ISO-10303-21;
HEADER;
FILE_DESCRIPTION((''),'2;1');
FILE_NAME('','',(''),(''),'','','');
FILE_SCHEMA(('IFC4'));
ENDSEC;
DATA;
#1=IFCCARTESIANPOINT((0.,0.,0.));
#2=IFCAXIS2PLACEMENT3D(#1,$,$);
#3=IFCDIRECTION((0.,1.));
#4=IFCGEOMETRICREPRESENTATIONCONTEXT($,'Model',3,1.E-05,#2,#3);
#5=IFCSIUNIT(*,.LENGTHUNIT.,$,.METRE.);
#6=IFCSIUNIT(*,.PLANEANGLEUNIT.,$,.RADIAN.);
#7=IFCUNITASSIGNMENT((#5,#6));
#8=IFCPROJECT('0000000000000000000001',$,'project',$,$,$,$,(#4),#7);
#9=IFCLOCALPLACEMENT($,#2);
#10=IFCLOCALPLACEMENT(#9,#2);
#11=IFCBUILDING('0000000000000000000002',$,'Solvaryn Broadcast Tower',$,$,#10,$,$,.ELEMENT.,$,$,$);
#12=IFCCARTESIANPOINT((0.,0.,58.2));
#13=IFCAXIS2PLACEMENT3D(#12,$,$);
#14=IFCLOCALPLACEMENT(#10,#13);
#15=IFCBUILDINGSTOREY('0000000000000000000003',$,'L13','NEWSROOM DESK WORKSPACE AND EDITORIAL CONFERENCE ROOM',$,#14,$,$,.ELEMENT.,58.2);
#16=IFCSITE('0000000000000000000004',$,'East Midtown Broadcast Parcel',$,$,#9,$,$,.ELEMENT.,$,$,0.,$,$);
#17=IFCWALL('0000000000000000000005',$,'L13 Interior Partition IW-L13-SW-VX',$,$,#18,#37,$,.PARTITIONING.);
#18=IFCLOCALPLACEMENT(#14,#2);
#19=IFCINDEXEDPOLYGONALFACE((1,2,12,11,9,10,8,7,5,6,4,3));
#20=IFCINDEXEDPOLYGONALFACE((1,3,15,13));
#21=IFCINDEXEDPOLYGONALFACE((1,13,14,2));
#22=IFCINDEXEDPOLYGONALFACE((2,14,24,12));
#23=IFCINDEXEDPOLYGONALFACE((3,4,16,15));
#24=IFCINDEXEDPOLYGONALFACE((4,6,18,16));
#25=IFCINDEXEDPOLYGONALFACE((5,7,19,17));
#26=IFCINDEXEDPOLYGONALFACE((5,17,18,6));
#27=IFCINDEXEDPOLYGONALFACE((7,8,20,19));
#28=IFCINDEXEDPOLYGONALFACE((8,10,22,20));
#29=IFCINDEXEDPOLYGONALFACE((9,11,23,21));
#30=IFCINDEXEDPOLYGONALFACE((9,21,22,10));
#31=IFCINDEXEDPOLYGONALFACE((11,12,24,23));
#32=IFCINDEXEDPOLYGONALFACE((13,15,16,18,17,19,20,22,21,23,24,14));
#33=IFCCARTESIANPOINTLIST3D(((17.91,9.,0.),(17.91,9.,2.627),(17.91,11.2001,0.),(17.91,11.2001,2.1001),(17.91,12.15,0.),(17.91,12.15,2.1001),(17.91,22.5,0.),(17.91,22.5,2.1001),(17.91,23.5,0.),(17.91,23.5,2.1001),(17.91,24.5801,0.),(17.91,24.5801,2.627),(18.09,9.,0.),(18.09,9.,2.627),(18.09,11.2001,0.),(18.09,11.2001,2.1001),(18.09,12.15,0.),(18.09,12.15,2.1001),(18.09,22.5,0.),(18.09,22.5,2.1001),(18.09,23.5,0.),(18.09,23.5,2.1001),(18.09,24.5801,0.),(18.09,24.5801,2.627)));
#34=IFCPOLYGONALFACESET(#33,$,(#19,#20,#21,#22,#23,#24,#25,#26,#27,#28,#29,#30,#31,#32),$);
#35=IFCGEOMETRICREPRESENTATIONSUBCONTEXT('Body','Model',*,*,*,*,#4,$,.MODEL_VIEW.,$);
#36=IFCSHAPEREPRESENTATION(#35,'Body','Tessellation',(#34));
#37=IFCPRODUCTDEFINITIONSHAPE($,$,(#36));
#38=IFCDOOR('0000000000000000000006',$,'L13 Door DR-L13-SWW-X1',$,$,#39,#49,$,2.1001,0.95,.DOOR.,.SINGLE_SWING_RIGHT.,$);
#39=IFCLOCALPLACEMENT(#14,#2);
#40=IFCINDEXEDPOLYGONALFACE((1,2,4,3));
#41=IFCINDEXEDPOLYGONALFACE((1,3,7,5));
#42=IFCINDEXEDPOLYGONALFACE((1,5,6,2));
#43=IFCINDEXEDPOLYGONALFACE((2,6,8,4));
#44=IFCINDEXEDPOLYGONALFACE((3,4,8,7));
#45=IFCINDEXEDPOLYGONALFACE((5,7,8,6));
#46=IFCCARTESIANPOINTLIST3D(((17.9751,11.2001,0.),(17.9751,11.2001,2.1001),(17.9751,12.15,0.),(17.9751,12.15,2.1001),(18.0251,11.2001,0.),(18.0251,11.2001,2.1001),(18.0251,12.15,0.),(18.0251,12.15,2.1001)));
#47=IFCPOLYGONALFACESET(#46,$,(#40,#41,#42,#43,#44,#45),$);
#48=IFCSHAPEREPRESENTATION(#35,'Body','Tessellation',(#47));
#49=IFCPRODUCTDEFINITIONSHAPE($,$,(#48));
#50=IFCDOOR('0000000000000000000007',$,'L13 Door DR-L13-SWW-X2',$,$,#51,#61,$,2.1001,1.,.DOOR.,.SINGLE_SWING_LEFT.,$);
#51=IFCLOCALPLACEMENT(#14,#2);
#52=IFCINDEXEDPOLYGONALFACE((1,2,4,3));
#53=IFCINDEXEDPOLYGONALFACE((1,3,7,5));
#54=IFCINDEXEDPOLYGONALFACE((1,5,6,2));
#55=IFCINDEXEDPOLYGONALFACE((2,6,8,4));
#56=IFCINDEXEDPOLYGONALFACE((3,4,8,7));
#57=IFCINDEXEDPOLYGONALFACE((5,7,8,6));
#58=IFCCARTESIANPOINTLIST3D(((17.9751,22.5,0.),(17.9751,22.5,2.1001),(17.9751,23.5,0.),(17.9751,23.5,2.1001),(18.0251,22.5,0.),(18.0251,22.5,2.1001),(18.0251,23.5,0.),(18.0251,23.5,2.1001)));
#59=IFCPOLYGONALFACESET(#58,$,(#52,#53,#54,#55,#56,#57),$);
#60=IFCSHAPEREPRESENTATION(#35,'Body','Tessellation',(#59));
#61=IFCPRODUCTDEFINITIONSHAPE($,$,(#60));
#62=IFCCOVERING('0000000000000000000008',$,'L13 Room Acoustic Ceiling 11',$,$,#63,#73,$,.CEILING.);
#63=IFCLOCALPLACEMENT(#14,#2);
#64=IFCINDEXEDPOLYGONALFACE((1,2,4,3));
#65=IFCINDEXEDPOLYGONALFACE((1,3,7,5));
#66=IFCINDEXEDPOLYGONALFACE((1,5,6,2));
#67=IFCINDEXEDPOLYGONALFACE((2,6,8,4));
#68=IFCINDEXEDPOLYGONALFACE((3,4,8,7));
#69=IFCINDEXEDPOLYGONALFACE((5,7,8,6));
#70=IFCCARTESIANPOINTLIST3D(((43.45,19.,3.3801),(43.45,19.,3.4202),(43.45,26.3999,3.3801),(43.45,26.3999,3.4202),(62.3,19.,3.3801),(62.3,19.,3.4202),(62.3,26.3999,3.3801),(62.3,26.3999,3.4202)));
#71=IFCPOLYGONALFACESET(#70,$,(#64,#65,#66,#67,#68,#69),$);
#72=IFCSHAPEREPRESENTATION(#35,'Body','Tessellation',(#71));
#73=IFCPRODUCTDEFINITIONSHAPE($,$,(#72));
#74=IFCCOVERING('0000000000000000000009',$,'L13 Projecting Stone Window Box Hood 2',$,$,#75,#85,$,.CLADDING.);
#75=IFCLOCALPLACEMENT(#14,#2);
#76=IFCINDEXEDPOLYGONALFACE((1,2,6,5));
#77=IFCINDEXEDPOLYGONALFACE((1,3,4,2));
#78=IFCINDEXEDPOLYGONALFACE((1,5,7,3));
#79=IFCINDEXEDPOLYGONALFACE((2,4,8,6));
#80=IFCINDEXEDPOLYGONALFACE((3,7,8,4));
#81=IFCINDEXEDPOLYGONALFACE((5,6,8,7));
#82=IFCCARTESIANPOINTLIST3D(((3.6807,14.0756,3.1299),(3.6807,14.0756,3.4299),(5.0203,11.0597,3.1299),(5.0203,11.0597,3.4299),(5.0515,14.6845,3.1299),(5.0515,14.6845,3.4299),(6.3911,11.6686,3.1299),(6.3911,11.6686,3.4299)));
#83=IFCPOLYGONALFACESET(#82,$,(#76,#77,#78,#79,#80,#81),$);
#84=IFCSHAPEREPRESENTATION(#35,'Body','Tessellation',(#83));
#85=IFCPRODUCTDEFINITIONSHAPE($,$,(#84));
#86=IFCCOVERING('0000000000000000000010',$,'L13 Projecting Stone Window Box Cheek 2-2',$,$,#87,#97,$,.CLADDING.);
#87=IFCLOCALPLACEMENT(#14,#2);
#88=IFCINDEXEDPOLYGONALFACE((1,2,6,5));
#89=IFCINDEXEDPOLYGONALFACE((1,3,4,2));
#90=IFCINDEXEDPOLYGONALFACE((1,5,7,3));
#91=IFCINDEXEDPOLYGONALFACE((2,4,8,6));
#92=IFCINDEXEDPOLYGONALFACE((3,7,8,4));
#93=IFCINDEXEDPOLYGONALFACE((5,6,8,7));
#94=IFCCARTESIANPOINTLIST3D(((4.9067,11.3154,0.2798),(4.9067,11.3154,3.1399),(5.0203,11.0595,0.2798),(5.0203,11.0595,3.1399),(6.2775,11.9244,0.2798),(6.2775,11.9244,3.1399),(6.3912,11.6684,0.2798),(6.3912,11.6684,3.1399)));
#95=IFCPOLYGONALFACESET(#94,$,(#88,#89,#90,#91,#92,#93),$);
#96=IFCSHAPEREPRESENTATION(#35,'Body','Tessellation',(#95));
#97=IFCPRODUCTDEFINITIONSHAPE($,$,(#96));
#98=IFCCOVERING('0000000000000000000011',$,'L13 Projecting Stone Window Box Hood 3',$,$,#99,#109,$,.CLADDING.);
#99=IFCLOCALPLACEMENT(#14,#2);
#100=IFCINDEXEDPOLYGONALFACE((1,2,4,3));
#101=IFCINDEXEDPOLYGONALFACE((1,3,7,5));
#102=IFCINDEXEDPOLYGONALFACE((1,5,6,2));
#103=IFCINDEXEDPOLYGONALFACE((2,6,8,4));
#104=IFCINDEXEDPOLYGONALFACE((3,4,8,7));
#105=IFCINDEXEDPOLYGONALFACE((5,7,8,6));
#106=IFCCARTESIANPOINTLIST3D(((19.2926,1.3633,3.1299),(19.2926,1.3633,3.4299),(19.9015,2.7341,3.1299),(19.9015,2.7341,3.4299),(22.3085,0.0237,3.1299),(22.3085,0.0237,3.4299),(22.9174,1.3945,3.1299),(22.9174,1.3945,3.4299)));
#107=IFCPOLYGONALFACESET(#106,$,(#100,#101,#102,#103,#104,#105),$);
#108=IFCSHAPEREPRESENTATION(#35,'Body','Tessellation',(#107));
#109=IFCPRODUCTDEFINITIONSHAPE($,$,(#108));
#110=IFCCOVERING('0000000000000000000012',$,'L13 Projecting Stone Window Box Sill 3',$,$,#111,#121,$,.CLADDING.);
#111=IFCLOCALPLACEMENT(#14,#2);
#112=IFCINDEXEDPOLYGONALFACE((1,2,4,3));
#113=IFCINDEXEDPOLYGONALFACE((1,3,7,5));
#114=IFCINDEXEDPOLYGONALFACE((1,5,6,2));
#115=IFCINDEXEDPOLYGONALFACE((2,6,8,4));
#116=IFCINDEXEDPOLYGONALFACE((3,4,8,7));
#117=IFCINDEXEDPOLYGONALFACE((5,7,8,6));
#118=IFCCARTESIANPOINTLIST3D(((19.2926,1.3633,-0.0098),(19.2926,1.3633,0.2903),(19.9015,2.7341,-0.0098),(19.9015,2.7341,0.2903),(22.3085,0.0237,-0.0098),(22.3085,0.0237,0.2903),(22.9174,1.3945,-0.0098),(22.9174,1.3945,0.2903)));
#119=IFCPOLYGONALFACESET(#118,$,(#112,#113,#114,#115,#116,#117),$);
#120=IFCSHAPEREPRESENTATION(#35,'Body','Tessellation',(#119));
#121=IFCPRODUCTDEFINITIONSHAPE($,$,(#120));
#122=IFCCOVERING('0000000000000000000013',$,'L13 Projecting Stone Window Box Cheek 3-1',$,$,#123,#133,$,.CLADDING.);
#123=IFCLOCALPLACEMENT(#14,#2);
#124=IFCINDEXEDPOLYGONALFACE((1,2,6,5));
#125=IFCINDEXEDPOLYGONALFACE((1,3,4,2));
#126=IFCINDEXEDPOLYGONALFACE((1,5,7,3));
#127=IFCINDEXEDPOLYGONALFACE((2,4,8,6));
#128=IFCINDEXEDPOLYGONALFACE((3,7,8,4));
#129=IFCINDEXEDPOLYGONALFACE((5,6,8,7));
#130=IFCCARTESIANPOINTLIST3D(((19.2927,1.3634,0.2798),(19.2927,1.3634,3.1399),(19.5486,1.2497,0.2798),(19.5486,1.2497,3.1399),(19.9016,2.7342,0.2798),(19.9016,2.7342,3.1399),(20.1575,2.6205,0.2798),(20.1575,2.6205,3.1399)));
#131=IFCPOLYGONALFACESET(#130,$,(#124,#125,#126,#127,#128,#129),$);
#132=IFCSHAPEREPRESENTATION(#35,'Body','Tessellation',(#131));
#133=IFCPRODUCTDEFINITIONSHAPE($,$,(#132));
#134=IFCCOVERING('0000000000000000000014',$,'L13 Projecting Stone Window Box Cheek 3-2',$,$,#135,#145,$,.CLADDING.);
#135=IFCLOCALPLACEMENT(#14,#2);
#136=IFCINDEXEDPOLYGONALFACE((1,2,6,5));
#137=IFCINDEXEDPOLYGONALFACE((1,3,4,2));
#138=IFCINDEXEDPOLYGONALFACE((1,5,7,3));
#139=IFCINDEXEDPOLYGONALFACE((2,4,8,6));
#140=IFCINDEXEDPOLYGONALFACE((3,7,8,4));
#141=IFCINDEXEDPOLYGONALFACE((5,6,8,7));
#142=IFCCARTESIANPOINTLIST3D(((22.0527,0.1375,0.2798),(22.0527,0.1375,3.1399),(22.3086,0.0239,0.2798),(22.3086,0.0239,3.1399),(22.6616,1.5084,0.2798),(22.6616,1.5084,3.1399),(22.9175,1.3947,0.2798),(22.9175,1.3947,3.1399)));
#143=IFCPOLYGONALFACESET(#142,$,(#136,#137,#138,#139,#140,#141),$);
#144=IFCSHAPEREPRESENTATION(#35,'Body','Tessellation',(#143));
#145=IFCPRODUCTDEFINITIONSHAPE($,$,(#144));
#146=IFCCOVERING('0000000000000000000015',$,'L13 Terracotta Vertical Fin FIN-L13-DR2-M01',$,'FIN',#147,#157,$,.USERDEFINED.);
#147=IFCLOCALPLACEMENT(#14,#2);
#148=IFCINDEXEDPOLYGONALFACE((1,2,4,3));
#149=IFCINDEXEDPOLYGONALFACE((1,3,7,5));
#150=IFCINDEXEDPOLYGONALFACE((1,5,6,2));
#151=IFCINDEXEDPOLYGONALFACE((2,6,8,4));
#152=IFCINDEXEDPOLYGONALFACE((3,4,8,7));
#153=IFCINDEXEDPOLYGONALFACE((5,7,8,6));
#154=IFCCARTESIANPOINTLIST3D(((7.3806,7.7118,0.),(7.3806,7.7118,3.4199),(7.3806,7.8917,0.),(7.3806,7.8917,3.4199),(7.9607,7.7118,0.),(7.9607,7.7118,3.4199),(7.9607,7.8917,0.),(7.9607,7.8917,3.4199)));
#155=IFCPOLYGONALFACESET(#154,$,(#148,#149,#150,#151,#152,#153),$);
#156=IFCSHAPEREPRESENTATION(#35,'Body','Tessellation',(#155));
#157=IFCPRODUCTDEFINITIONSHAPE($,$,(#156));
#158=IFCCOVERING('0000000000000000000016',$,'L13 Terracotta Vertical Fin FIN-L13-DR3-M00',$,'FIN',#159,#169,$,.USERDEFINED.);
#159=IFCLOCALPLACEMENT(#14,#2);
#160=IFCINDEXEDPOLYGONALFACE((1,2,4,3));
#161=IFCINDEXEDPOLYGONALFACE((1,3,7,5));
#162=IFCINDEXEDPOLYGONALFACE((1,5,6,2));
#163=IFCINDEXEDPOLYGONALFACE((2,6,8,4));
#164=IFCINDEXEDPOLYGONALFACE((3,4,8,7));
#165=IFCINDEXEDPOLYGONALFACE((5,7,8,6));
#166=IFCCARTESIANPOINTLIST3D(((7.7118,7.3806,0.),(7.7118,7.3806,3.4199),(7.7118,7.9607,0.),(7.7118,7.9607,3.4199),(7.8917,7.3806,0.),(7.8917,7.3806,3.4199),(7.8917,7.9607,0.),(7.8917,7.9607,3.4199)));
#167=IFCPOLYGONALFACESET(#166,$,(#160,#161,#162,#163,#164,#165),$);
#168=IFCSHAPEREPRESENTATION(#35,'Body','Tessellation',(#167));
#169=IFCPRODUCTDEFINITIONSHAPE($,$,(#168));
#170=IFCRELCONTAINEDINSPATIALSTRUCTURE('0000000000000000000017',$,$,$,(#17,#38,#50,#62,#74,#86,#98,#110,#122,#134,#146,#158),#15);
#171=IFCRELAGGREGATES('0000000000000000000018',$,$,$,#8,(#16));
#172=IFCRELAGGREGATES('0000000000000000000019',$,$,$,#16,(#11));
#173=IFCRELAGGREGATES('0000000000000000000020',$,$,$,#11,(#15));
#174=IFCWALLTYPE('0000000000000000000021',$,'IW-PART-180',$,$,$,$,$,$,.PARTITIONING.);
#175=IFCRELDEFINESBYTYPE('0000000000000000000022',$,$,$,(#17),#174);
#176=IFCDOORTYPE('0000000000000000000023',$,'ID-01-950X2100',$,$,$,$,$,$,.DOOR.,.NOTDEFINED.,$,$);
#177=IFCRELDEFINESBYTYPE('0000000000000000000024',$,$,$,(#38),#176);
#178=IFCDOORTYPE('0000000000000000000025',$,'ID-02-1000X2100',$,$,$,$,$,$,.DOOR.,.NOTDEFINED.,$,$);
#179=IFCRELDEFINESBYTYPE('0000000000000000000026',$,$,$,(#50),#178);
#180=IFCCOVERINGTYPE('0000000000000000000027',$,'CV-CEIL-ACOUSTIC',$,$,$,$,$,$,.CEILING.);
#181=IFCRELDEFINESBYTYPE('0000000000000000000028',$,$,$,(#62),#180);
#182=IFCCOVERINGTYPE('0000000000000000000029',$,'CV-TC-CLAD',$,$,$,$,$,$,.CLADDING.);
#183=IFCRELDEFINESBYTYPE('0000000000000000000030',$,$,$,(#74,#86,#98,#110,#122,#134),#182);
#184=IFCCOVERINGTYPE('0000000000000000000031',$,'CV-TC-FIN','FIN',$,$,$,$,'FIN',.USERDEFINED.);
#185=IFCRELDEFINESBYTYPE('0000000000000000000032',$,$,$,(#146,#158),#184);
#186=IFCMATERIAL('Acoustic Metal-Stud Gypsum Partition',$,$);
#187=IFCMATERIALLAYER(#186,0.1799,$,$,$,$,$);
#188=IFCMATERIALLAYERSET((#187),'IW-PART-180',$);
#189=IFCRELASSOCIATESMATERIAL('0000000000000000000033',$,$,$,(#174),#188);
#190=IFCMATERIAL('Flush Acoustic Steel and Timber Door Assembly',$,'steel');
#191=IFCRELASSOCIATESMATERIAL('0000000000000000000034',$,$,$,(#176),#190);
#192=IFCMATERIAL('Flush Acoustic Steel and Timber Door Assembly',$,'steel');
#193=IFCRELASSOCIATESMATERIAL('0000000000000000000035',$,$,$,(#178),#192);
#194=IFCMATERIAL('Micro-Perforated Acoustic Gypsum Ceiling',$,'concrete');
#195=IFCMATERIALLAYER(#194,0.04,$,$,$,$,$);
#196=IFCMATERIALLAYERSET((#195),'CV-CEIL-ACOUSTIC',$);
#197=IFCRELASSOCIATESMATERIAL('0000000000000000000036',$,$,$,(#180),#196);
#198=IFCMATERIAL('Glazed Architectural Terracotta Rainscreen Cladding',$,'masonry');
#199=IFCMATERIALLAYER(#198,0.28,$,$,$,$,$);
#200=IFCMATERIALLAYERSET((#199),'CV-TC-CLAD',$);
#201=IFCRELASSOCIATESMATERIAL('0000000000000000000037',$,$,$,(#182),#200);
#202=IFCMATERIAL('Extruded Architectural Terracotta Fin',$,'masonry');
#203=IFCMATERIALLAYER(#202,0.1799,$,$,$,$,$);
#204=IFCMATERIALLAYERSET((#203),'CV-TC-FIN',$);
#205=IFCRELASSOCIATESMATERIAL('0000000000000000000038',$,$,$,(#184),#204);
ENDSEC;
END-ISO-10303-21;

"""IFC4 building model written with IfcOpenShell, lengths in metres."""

from ifc_helpers import new_model, si_unit, direction, frame, frame_2d, origin, origin_2d, place, context, subcontext, project, spatial, polyline, rectangle, outline, extrude, material, layer, layer_set, type_object, element, fill, save


model = new_model("IFC4")

# Units and contexts
model_context = context("Model", 3, precision=1e-05, world=origin(), true_north=direction((0.0, 1.0)))
body_context = subcontext(model_context, "Body", "Model", "MODEL_VIEW")
ifc_project = project(units=[si_unit("LENGTHUNIT", "METRE"), si_unit("PLANEANGLEUNIT", "RADIAN")], contexts=[model_context])

# Site, building, storey
site_placement = place(None, origin())
site = spatial("IfcSite", under=ifc_project, at=site_placement, Name="East Midtown Broadcast Parcel", CompositionType="ELEMENT", RefElevation=0.0)
building_placement = place(site_placement, origin())
building = spatial("IfcBuilding", under=site, at=building_placement, Name="Solvaryn Broadcast Tower", CompositionType="ELEMENT")
storey_placement = place(building_placement, frame((0.0, 0.0, 58.2)))
storey = spatial("IfcBuildingStorey", under=building, at=storey_placement, Name="L13", Description="NEWSROOM DESK WORKSPACE AND EDITORIAL CONFERENCE ROOM", CompositionType="ELEMENT", Elevation=58.2)

# Wall, openings, doors
ifc_material_1 = material(Name="Acoustic Metal-Stud Gypsum Partition")
ifc_layer_1 = layer(ifc_material_1, 0.1799)
ifc_layer_set_1 = layer_set([ifc_layer_1], Name="IW-PART-180")
wall_type_1 = type_object("IfcWallType", Name="IW-PART-180", PredefinedType="PARTITIONING", material=ifc_layer_set_1)
wall_1_placement = place(storey_placement, frame((18.0, 9.0, 0.0), z_axis=(0.0, 0.0, 1.0), x_axis=(0.0, 1.0, 0.0)))
wall_1 = element("IfcWall", 1, at=wall_1_placement, inside=storey, type_object=wall_type_1, Name="L13 Interior Partition IW-L13-SW-VX", PredefinedType="PARTITIONING", context=body_context, shape_type="SweptSolid", body=[
    extrude(rectangle(XDim=15.5801, YDim=0.1799, at=frame_2d((7.79, 0.0))), origin(), (0.0, 0.0, 1.0), 2.627),
])
opening_1_placement = place(wall_1_placement, frame((2.2, 0.0, 0.0)))
opening_1 = element("IfcOpeningElement", 2, at=opening_1_placement, cuts=wall_1, PredefinedType="OPENING", context=body_context, shape_type="SweptSolid", body=[
    extrude(rectangle(XDim=0.95, YDim=2.1001, at=frame_2d((0.4751, 1.05))), frame((0.0, 0.0999, 0.0), z_axis=(0.0, -1.0, 0.0), x_axis=(1.0, 0.0, 0.0)), (0.0, 0.0, 1.0), 0.2),
])
opening_2_placement = place(wall_1_placement, frame((13.5, 0.0, 0.0)))
opening_2 = element("IfcOpeningElement", 3, at=opening_2_placement, cuts=wall_1, PredefinedType="OPENING", context=body_context, shape_type="SweptSolid", body=[
    extrude(rectangle(XDim=1.0, YDim=2.1001, at=frame_2d((0.5, 1.05))), frame((0.0, 0.0999, 0.0), z_axis=(0.0, -1.0, 0.0), x_axis=(1.0, 0.0, 0.0)), (0.0, 0.0, 1.0), 0.2),
])
ifc_material_2 = material(Name="Flush Acoustic Steel and Timber Door Assembly", Category="steel")
door_type_1 = type_object("IfcDoorType", Name="ID-01-950X2100", OperationType="NOTDEFINED", PredefinedType="DOOR", material=ifc_material_2)
door_1_placement = place(opening_1_placement, origin())
door_1 = element("IfcDoor", 4, at=door_1_placement, inside=storey, type_object=door_type_1, Name="L13 Door DR-L13-SWW-X1", OperationType="SINGLE_SWING_RIGHT", OverallHeight=2.1001, OverallWidth=0.95, PredefinedType="DOOR", context=body_context, shape_type="SweptSolid", body=[
    extrude(rectangle(XDim=0.95, YDim=2.1001, at=frame_2d((0.4751, 1.05))), frame((0.0, 0.0249, 0.0), z_axis=(0.0, -1.0, 0.0), x_axis=(1.0, 0.0, 0.0)), (0.0, 0.0, 1.0), 0.05),
])
fill(opening_1, door_1)
ifc_material_3 = material(Name="Flush Acoustic Steel and Timber Door Assembly", Category="steel")
door_type_2 = type_object("IfcDoorType", Name="ID-02-1000X2100", OperationType="NOTDEFINED", PredefinedType="DOOR", material=ifc_material_3)
door_2_placement = place(opening_2_placement, origin())
door_2 = element("IfcDoor", 5, at=door_2_placement, inside=storey, type_object=door_type_2, Name="L13 Door DR-L13-SWW-X2", OperationType="SINGLE_SWING_LEFT", OverallHeight=2.1001, OverallWidth=1.0, PredefinedType="DOOR", context=body_context, shape_type="SweptSolid", body=[
    extrude(rectangle(XDim=1.0, YDim=2.1001, at=frame_2d((0.5, 1.05))), frame((0.0, 0.0249, 0.0), z_axis=(0.0, -1.0, 0.0), x_axis=(1.0, 0.0, 0.0)), (0.0, 0.0, 1.0), 0.05),
])
fill(opening_2, door_2)

# Coverings
ifc_material_4 = material(Name="Micro-Perforated Acoustic Gypsum Ceiling", Category="concrete")
ifc_layer_2 = layer(ifc_material_4, 0.04)
ifc_layer_set_2 = layer_set([ifc_layer_2], Name="CV-CEIL-ACOUSTIC")
covering_type_1 = type_object("IfcCoveringType", Name="CV-CEIL-ACOUSTIC", PredefinedType="CEILING", material=ifc_layer_set_2)
covering_1_placement = place(storey_placement, frame((0.0, 0.0, 3.3801)))
element("IfcCovering", 6, at=covering_1_placement, inside=storey, type_object=covering_type_1, Name="L13 Room Acoustic Ceiling 11", PredefinedType="CEILING", context=body_context, shape_type="SweptSolid", body=[
    extrude(outline(polyline([(43.45, 19.0), (62.3, 19.0), (62.3, 26.3999), (43.45, 26.3999), (43.45, 19.0)])), origin(), (0.0, 0.0, 1.0), 0.04),
])
ifc_material_5 = material(Name="Glazed Architectural Terracotta Rainscreen Cladding", Category="masonry")
ifc_layer_3 = layer(ifc_material_5, 0.28)
ifc_layer_set_3 = layer_set([ifc_layer_3], Name="CV-TC-CLAD")
covering_type_2 = type_object("IfcCoveringType", Name="CV-TC-CLAD", PredefinedType="CLADDING", material=ifc_layer_set_3)
covering_2_placement = place(storey_placement, frame((5.0359, 12.8721, 3.1299), z_axis=(0.0, 0.0, 1.0), x_axis=(0.405939, -0.9139, 0.0)))
element("IfcCovering", 7, at=covering_2_placement, inside=storey, type_object=covering_type_2, Name="L13 Projecting Stone Window Box Hood 2", PredefinedType="CLADDING", context=body_context, shape_type="SweptSolid", body=[
    extrude(rectangle(XDim=3.3, YDim=1.5, at=origin_2d()), origin(), (0.0, 0.0, 1.0), 0.3),
])
covering_3_placement = place(storey_placement, frame((5.6489, 11.4919, 0.2798), z_axis=(0.0, 0.0, 1.0), x_axis=(0.405939, -0.9139, 0.0)))
element("IfcCovering", 8, at=covering_3_placement, inside=storey, type_object=covering_type_2, Name="L13 Projecting Stone Window Box Cheek 2-2", PredefinedType="CLADDING", context=body_context, shape_type="SweptSolid", body=[
    extrude(rectangle(XDim=0.28, YDim=1.5, at=origin_2d()), origin(), (0.0, 0.0, 1.0), 2.8601),
])
for number, where, z_axis, x_axis, name in (
    (9, (21.105, 1.3789, 3.1299), (0.0, 0.0, 1.0), (0.9139, -0.405939, 0.0), "L13 Projecting Stone Window Box Hood 3"),
    (10, (21.105, 1.3789, -0.0098), (0.0, 0.0, 1.0), (0.9139, -0.405939, 0.0), "L13 Projecting Stone Window Box Sill 3"),
):
    element("IfcCovering", number, at=place(storey_placement, frame(where, z_axis=z_axis, x_axis=x_axis)), inside=storey, type_object=covering_type_2, Name=name, PredefinedType="CLADDING", context=body_context, shape_type="SweptSolid", body=[
        extrude(rectangle(XDim=3.3, YDim=1.5, at=origin_2d()), origin(), (0.0, 0.0, 1.0), 0.3),
    ])
for number, where, z_axis, x_axis, name in (
    (11, (19.7251, 1.9919, 0.2798), (0.0, 0.0, 1.0), (0.9139, -0.405939, 0.0), "L13 Projecting Stone Window Box Cheek 3-1"),
    (12, (22.4851, 0.7661, 0.2798), (0.0, 0.0, 1.0), (0.9139, -0.405939, 0.0), "L13 Projecting Stone Window Box Cheek 3-2"),
):
    element("IfcCovering", number, at=place(storey_placement, frame(where, z_axis=z_axis, x_axis=x_axis)), inside=storey, type_object=covering_type_2, Name=name, PredefinedType="CLADDING", context=body_context, shape_type="SweptSolid", body=[
        extrude(rectangle(XDim=0.28, YDim=1.5, at=origin_2d()), origin(), (0.0, 0.0, 1.0), 2.8601),
    ])
ifc_material_6 = material(Name="Extruded Architectural Terracotta Fin", Category="masonry")
ifc_layer_4 = layer(ifc_material_6, 0.1799)
ifc_layer_set_4 = layer_set([ifc_layer_4], Name="CV-TC-FIN")
covering_type_3 = type_object("IfcCoveringType", Name="CV-TC-FIN", Description="FIN", ElementType="FIN", PredefinedType="USERDEFINED", material=ifc_layer_set_4)
covering_4_placement = place(storey_placement, frame((7.6707, 7.8018, 0.0), z_axis=(0.0, 0.0, 1.0), x_axis=(1.0, 0.0, 0.0)))
element("IfcCovering", 13, at=covering_4_placement, inside=storey, type_object=covering_type_3, Name="L13 Terracotta Vertical Fin FIN-L13-DR2-M01", ObjectType="FIN", PredefinedType="USERDEFINED", context=body_context, shape_type="SweptSolid", body=[
    extrude(rectangle(XDim=0.5801, YDim=0.1799, at=origin_2d()), origin(), (0.0, 0.0, 1.0), 3.4199),
])
covering_5_placement = place(storey_placement, frame((7.8018, 7.6707, 0.0), z_axis=(0.0, 0.0, 1.0), x_axis=(1.0, 0.0, 0.0)))
element("IfcCovering", 14, at=covering_5_placement, inside=storey, type_object=covering_type_3, Name="L13 Terracotta Vertical Fin FIN-L13-DR3-M00", ObjectType="FIN", PredefinedType="USERDEFINED", context=body_context, shape_type="SweptSolid", body=[
    extrude(rectangle(XDim=0.1799, YDim=0.5801, at=origin_2d()), origin(), (0.0, 0.0, 1.0), 3.4199),
])

save(model, "model.ifc")
